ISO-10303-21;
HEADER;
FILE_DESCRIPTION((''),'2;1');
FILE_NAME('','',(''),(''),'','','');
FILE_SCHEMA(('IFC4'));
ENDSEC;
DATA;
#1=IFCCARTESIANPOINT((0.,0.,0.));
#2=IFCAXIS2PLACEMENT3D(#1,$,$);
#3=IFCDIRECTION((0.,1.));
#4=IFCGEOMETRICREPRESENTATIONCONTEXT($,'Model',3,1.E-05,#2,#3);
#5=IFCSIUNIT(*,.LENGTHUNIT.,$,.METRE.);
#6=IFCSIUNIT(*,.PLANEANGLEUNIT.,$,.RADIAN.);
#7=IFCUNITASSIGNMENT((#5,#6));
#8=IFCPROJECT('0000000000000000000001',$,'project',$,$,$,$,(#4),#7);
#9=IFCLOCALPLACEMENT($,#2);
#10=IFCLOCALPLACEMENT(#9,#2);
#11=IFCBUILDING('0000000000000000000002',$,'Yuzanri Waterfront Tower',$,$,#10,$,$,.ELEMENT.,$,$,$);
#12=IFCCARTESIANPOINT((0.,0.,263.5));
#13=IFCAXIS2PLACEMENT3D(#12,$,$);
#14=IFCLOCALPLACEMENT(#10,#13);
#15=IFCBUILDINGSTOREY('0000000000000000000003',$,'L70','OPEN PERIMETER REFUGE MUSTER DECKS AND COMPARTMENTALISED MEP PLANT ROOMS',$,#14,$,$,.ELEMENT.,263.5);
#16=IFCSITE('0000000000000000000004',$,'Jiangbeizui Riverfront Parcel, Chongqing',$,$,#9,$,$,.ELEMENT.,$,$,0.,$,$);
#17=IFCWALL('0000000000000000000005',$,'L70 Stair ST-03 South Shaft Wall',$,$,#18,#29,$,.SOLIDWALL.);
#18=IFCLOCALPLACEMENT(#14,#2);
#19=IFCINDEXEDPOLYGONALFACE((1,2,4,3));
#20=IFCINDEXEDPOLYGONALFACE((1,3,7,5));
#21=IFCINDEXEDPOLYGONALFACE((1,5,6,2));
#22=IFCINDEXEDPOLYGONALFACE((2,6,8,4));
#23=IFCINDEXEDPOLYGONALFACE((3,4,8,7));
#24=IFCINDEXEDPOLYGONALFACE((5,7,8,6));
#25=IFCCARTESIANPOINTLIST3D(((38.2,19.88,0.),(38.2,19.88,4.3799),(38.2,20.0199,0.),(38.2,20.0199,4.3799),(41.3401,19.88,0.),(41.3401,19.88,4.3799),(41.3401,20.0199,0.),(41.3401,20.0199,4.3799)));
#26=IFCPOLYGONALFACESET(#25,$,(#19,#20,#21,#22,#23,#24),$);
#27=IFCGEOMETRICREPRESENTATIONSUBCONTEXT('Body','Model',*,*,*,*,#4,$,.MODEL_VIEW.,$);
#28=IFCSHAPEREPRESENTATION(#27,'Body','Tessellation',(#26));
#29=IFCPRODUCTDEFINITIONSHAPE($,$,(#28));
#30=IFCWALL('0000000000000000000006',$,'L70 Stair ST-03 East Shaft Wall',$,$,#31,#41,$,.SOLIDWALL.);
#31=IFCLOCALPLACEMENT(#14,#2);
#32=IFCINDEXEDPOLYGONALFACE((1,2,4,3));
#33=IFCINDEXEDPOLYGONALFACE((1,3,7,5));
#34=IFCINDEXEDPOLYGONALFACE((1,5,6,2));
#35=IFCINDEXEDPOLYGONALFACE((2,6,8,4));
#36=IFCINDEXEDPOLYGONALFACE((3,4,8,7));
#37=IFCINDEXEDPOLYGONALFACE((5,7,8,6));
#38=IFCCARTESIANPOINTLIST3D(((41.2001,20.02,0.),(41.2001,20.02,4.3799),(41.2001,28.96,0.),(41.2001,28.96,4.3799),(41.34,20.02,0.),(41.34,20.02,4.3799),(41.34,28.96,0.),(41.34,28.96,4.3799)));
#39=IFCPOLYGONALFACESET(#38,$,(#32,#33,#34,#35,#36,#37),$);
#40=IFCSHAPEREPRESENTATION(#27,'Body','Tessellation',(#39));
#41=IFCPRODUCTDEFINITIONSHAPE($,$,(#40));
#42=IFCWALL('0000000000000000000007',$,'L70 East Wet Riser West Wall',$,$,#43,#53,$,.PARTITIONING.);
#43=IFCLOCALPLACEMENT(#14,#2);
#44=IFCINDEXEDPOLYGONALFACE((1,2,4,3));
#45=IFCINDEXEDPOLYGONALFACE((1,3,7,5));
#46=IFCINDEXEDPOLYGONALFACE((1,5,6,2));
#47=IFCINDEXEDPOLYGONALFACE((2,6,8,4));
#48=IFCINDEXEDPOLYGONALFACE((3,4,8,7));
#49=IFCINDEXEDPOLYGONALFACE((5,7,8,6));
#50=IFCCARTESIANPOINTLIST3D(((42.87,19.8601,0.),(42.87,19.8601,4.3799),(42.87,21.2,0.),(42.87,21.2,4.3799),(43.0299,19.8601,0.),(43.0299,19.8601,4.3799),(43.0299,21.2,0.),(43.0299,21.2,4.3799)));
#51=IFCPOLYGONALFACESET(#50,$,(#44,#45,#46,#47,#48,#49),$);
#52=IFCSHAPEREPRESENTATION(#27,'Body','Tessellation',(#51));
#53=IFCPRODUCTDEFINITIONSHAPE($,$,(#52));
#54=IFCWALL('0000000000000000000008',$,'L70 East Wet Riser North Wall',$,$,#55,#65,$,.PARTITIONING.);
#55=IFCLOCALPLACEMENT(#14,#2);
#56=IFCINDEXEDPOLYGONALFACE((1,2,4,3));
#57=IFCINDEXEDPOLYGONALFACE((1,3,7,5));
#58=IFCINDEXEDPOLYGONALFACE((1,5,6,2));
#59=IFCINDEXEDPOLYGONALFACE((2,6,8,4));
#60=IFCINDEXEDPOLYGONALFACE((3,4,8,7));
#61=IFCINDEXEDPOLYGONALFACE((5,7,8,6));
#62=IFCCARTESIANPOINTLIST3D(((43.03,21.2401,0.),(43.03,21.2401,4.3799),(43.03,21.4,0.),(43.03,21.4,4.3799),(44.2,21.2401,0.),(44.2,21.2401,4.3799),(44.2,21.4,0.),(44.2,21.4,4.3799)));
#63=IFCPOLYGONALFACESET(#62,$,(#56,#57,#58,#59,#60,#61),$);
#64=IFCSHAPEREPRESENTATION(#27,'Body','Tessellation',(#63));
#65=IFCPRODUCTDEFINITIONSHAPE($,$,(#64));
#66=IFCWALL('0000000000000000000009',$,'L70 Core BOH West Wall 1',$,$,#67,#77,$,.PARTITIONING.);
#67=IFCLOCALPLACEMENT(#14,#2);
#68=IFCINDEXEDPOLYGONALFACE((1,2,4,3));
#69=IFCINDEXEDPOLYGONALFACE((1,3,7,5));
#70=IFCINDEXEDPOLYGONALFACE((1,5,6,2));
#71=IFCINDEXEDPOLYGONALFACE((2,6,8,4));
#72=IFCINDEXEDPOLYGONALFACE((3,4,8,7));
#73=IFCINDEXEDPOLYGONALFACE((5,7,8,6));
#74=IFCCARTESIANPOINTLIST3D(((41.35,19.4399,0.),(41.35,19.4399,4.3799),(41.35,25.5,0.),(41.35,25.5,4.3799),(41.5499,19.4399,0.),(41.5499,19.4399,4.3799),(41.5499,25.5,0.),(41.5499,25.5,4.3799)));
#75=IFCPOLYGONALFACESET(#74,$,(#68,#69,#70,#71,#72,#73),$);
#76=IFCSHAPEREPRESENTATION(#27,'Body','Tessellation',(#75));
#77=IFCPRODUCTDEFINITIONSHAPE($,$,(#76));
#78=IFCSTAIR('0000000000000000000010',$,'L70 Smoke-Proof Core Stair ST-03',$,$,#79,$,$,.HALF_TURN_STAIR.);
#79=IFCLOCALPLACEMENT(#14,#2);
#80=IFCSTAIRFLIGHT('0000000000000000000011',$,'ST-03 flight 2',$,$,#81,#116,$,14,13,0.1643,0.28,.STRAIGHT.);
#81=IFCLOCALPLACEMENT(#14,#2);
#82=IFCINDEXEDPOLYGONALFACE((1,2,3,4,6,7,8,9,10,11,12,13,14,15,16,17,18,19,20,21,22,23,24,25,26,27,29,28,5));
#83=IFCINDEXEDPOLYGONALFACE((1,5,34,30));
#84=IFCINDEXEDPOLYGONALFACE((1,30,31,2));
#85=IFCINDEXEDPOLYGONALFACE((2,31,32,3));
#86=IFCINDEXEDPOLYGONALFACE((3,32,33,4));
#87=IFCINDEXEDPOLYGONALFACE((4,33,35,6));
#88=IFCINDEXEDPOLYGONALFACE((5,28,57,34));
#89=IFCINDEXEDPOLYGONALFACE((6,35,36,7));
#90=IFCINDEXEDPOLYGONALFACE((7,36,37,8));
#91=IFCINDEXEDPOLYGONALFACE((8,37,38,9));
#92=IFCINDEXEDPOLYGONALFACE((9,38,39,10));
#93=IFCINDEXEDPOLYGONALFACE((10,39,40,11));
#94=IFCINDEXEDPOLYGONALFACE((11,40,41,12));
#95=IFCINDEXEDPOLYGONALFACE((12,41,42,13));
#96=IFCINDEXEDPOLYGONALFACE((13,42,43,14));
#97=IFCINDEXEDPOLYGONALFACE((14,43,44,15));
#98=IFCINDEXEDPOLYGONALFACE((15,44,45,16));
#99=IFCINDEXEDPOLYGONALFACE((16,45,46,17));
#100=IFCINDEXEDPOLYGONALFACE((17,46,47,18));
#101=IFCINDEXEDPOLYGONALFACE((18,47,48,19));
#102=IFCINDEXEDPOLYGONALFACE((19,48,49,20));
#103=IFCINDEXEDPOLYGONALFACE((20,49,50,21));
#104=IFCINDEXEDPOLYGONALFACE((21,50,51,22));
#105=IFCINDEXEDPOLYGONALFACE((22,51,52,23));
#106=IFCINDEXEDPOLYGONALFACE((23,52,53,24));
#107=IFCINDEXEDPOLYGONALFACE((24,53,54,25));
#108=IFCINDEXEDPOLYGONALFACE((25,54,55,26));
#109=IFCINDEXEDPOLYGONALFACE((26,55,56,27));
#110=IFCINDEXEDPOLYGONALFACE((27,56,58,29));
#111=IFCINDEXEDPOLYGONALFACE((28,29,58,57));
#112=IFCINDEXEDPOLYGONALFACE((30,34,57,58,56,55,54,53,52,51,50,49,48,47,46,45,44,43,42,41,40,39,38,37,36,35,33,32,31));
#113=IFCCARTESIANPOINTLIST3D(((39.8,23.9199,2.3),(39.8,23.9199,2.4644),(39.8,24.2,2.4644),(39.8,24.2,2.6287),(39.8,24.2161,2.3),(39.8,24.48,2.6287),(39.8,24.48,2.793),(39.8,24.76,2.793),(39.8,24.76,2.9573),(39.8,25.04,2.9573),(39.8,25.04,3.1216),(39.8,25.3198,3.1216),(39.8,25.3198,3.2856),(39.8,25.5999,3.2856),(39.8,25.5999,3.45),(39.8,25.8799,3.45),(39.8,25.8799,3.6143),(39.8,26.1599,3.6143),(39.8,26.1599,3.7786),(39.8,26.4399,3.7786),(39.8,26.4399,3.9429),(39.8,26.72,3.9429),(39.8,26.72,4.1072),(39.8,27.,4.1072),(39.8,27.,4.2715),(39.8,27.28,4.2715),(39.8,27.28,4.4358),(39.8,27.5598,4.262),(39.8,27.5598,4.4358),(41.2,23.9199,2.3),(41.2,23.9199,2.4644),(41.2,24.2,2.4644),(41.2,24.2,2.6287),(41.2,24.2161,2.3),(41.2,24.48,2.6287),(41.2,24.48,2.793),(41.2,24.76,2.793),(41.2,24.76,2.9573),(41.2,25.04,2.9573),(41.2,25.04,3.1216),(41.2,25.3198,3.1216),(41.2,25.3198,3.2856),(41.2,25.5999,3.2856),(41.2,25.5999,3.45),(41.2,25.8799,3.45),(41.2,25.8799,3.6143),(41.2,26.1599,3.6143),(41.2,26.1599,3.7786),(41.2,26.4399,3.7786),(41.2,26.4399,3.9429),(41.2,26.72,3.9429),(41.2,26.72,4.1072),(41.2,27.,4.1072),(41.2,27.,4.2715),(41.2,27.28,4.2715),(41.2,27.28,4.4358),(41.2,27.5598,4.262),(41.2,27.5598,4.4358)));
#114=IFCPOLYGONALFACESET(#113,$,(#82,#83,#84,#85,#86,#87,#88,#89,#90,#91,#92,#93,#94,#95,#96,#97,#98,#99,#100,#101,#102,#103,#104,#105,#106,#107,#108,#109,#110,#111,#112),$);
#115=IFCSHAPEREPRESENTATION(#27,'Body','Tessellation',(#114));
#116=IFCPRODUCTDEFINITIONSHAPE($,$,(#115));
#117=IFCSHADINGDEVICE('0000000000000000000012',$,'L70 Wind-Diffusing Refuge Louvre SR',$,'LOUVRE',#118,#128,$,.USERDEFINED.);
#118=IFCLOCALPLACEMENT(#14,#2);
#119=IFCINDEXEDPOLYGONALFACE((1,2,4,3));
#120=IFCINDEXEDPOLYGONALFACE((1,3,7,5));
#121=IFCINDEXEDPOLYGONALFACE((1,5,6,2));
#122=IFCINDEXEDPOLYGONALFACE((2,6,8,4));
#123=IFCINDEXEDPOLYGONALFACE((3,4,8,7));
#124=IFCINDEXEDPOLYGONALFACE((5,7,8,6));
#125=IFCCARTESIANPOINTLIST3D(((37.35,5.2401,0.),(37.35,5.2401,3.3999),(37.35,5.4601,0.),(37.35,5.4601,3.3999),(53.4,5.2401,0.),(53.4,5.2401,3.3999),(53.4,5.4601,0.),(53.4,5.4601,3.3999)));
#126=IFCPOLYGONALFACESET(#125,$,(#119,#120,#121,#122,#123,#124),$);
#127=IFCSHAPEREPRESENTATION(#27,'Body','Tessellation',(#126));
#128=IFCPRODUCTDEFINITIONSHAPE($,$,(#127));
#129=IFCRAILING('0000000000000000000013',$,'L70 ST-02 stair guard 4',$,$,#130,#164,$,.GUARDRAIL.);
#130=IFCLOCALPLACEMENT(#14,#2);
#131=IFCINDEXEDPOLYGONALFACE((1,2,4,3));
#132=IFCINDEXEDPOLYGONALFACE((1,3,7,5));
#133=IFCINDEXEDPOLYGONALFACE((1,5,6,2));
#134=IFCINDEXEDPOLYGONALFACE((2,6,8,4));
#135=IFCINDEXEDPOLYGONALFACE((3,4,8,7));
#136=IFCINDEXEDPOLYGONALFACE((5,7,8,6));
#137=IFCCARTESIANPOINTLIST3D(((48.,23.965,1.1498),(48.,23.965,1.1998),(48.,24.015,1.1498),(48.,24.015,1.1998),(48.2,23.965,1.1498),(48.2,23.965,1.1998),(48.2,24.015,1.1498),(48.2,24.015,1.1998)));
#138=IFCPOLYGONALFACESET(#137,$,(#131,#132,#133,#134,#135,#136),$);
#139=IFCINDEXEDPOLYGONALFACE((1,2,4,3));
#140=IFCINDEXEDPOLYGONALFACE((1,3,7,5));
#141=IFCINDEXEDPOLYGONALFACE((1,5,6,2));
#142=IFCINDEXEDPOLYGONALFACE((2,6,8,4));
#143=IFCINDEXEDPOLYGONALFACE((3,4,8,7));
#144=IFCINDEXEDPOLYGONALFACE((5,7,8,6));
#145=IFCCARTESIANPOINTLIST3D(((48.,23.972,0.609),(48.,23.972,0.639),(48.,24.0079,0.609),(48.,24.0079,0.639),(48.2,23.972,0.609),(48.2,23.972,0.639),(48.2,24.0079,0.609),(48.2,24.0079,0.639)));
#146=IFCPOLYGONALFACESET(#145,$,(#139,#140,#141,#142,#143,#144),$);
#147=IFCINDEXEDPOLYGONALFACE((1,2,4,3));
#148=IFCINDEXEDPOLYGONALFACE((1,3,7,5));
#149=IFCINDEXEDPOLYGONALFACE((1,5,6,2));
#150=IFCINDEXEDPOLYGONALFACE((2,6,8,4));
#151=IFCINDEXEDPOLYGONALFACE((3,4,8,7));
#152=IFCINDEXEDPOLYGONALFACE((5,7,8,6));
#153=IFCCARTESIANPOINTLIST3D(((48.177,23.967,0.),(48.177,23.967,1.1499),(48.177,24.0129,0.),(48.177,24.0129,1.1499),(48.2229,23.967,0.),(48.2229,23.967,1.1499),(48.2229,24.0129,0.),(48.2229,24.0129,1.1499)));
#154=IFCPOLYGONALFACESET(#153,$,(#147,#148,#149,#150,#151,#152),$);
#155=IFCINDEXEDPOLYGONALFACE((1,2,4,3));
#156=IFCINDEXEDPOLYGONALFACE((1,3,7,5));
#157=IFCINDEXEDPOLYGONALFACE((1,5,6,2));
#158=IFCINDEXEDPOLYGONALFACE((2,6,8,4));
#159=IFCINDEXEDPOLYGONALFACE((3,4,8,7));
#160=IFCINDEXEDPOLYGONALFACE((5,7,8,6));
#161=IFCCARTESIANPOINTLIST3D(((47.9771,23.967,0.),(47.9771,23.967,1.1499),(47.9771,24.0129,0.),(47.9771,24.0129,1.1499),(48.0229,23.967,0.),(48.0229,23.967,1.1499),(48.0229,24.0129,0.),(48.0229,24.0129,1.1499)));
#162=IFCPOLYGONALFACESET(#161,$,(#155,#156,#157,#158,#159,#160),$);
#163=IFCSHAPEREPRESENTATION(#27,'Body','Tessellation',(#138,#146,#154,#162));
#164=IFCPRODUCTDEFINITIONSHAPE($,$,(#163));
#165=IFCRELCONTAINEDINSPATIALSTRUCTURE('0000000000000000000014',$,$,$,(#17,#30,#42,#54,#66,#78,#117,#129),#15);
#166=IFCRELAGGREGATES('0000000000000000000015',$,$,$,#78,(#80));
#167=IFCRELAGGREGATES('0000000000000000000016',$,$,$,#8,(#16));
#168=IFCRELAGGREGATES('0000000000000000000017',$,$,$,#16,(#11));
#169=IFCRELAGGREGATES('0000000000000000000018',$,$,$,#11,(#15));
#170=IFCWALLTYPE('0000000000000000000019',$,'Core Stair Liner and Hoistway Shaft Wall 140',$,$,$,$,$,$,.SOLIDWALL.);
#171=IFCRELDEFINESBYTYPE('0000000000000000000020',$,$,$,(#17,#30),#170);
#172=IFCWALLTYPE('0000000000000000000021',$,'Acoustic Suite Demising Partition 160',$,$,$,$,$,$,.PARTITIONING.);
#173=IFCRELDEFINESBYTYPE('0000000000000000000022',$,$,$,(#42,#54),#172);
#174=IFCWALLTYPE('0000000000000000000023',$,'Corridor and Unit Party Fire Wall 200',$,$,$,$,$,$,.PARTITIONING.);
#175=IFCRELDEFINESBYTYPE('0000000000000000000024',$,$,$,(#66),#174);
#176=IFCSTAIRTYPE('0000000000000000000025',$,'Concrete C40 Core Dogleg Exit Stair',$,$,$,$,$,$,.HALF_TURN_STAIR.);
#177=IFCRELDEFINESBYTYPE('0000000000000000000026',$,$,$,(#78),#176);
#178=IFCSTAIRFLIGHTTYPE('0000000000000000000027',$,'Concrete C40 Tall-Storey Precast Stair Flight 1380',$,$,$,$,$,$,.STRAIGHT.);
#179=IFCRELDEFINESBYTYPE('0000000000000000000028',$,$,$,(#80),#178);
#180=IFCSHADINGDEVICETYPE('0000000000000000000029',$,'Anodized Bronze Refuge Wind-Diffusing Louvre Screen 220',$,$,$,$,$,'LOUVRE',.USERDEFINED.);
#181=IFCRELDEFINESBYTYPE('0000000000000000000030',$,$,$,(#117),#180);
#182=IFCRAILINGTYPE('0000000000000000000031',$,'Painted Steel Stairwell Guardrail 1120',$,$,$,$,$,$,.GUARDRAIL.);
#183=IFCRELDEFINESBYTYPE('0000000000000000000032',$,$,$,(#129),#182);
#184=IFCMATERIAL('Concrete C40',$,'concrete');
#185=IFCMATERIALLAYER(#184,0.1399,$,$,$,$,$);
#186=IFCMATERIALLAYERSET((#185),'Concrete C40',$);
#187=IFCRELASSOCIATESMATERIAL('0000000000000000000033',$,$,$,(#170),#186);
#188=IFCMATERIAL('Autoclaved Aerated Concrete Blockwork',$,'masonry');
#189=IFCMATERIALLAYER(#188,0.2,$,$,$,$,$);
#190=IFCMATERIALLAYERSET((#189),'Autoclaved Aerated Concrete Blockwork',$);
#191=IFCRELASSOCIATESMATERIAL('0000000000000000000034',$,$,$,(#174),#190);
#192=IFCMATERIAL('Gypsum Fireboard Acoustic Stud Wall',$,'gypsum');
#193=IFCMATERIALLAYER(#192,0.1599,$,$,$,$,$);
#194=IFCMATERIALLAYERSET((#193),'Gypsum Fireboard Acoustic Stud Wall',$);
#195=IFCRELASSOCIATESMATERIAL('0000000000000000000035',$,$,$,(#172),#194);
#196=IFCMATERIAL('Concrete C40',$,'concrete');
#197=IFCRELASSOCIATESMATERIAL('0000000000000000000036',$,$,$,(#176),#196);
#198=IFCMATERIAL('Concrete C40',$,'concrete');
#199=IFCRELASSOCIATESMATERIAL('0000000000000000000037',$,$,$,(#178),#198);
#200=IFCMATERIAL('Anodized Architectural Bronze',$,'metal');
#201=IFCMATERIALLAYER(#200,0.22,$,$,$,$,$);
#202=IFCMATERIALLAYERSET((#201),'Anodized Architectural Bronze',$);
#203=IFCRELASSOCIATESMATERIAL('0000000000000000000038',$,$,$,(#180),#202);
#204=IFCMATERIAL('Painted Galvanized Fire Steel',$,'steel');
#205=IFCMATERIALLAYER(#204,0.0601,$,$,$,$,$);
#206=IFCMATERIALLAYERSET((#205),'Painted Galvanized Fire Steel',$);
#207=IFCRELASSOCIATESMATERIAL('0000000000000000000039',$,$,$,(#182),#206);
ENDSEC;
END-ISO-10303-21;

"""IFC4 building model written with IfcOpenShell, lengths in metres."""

from ifc_helpers import new_model, si_unit, direction, frame, frame_2d, origin, origin_2d, place, context, subcontext, project, spatial, polyline, rectangle, outline, extrude, source, transform, mapped, material, layer, layer_set, type_object, element, aggregate, save


model = new_model("IFC4")

# Units and contexts
model_context = context("Model", 3, precision=1e-05, world=origin(), true_north=direction((0.0, 1.0)))
body_context = subcontext(model_context, "Body", "Model", "MODEL_VIEW")
ifc_project = project(units=[si_unit("LENGTHUNIT", "METRE"), si_unit("PLANEANGLEUNIT", "RADIAN")], contexts=[model_context])

# Site, building, storey
site_placement = place(None, origin())
site = spatial("IfcSite", under=ifc_project, at=site_placement, Name="Jiangbeizui Riverfront Parcel, Chongqing", CompositionType="ELEMENT", RefElevation=0.0)
building_placement = place(site_placement, origin())
building = spatial("IfcBuilding", under=site, at=building_placement, Name="Yuzanri Waterfront Tower", CompositionType="ELEMENT")
storey_placement = place(building_placement, frame((0.0, 0.0, 263.5)))
storey = spatial("IfcBuildingStorey", under=building, at=storey_placement, Name="L70", Description="OPEN PERIMETER REFUGE MUSTER DECKS AND COMPARTMENTALISED MEP PLANT ROOMS", CompositionType="ELEMENT", Elevation=263.5)

# Shared definitions
ifc_material_1 = material(Name="Concrete C40", Category="concrete")
ifc_layer_1 = layer(ifc_material_1, 0.1399)
ifc_layer_set_1 = layer_set([ifc_layer_1], Name="Concrete C40")
wall_type_1 = type_object("IfcWallType", Name="Core Stair Liner and Hoistway Shaft Wall 140", PredefinedType="SOLIDWALL", material=ifc_layer_set_1)
ifc_material_2 = material(Name="Autoclaved Aerated Concrete Blockwork", Category="masonry")
ifc_layer_2 = layer(ifc_material_2, 0.2)
ifc_layer_set_2 = layer_set([ifc_layer_2], Name="Autoclaved Aerated Concrete Blockwork")
wall_type_2 = type_object("IfcWallType", Name="Corridor and Unit Party Fire Wall 200", PredefinedType="PARTITIONING", material=ifc_layer_set_2)

# Walls
shared_shape_1 = source(origin(), body_context, "Body", "SweptSolid", [
    extrude(rectangle(XDim=3.1401, YDim=0.1399, at=frame_2d((1.5701, 0.0))), origin(), (0.0, 0.0, 1.0), 4.3799),
])
wall_1_placement = place(storey_placement, frame((38.2, 19.95, 0.0), z_axis=(0.0, 0.0, 1.0), x_axis=(1.0, 0.0, 0.0)))
element("IfcWall", 1, at=wall_1_placement, inside=storey, type_object=wall_type_1, Name="L70 Stair ST-03 South Shaft Wall", PredefinedType="SOLIDWALL", context=body_context, shape_type="MappedRepresentation", body=[
    mapped(shared_shape_1, transform((0.0, 0.0, 0.0), scale=1.0)),
])
shared_shape_2 = source(origin(), body_context, "Body", "SweptSolid", [
    extrude(rectangle(XDim=8.9399, YDim=0.1399, at=frame_2d((4.47, 0.0))), origin(), (0.0, 0.0, 1.0), 4.3799),
])
wall_2_placement = place(storey_placement, frame((41.27, 20.02, 0.0), z_axis=(0.0, 0.0, 1.0), x_axis=(0.0, 1.0, 0.0)))
element("IfcWall", 2, at=wall_2_placement, inside=storey, type_object=wall_type_1, Name="L70 Stair ST-03 East Shaft Wall", PredefinedType="SOLIDWALL", context=body_context, shape_type="MappedRepresentation", body=[
    mapped(shared_shape_2, transform((0.0, 0.0, 0.0), scale=1.0)),
])
ifc_material_3 = material(Name="Gypsum Fireboard Acoustic Stud Wall", Category="gypsum")
ifc_layer_3 = layer(ifc_material_3, 0.1599)
ifc_layer_set_3 = layer_set([ifc_layer_3], Name="Gypsum Fireboard Acoustic Stud Wall")
wall_type_3 = type_object("IfcWallType", Name="Acoustic Suite Demising Partition 160", PredefinedType="PARTITIONING", material=ifc_layer_set_3)
shared_shape_3 = source(origin(), body_context, "Body", "SweptSolid", [
    extrude(rectangle(XDim=1.3398, YDim=0.1599, at=frame_2d((0.6699, 0.0))), origin(), (0.0, 0.0, 1.0), 4.3799),
])
wall_3_placement = place(storey_placement, frame((42.95, 19.8601, 0.0), z_axis=(0.0, 0.0, 1.0), x_axis=(0.0, 1.0, 0.0)))
element("IfcWall", 3, at=wall_3_placement, inside=storey, type_object=wall_type_3, Name="L70 East Wet Riser West Wall", PredefinedType="PARTITIONING", context=body_context, shape_type="MappedRepresentation", body=[
    mapped(shared_shape_3, transform((0.0, 0.0, 0.0), scale=1.0)),
])
shared_shape_4 = source(origin(), body_context, "Body", "SweptSolid", [
    extrude(rectangle(XDim=1.1699, YDim=0.1599, at=frame_2d((0.585, 0.0))), origin(), (0.0, 0.0, 1.0), 4.3799),
])
wall_4_placement = place(storey_placement, frame((43.03, 21.3201, 0.0), z_axis=(0.0, 0.0, 1.0), x_axis=(1.0, 0.0, 0.0)))
element("IfcWall", 4, at=wall_4_placement, inside=storey, type_object=wall_type_3, Name="L70 East Wet Riser North Wall", PredefinedType="PARTITIONING", context=body_context, shape_type="MappedRepresentation", body=[
    mapped(shared_shape_4, transform((0.0, 0.0, 0.0), scale=1.0)),
])
shared_shape_5 = source(origin(), body_context, "Body", "SweptSolid", [
    extrude(rectangle(XDim=6.0601, YDim=0.2, at=frame_2d((3.03, 0.0))), origin(), (0.0, 0.0, 1.0), 4.3799),
])
wall_5_placement = place(storey_placement, frame((41.45, 19.4399, 0.0), z_axis=(0.0, 0.0, 1.0), x_axis=(0.0, 1.0, 0.0)))
element("IfcWall", 5, at=wall_5_placement, inside=storey, type_object=wall_type_2, Name="L70 Core BOH West Wall 1", PredefinedType="PARTITIONING", context=body_context, shape_type="MappedRepresentation", body=[
    mapped(shared_shape_5, transform((0.0, 0.0, 0.0), scale=1.0)),
])

# Stair, stair flight
ifc_material_4 = material(Name="Concrete C40", Category="concrete")
stair_type = type_object("IfcStairType", Name="Concrete C40 Core Dogleg Exit Stair", PredefinedType="HALF_TURN_STAIR", material=ifc_material_4)
stair_placement = place(storey_placement, origin())
stair = element("IfcStair", 6, at=stair_placement, inside=storey, type_object=stair_type, Name="L70 Smoke-Proof Core Stair ST-03", PredefinedType="HALF_TURN_STAIR")
ifc_material_5 = material(Name="Concrete C40", Category="concrete")
stair_flight_type = type_object("IfcStairFlightType", Name="Concrete C40 Tall-Storey Precast Stair Flight 1380", PredefinedType="STRAIGHT", material=ifc_material_5)
shared_shape_6 = source(origin(), body_context, "Body", "SweptSolid", [
    extrude(outline(polyline([(0.0, 0.0), (0.0, 0.1643), (0.28, 0.1643), (0.28, 0.3286), (0.5601, 0.3286), (0.5601, 0.4929), (0.8401, 0.4929), (0.8401, 0.6572), (1.1201, 0.6572), (1.1201, 0.8215), (1.3999, 0.8215), (1.3999, 0.9856), (1.6799, 0.9856), (1.6799, 1.1499), (1.96, 1.1499), (1.96, 1.3142), (2.24, 1.3142), (2.24, 1.4785), (2.52, 1.4785), (2.52, 1.6428), (2.8, 1.6428), (2.8, 1.8071), (3.0801, 1.8071), (3.0801, 1.9714), (3.3601, 1.9714), (3.3601, 2.1357), (3.6399, 2.1357), (3.6399, 2.3), (3.6399, 1.9619), (0.2961, 0.0), (0.0, 0.0)])), frame((0.0, 0.7, 0.0), z_axis=(0.0, -1.0, 0.0), x_axis=(1.0, 0.0, 0.0)), (0.0, 0.0, 1.0), 1.3999),
])
stair_flight_placement = place(storey_placement, frame((40.5, 23.9199, 2.3), z_axis=(0.0, 0.0, 1.0), x_axis=(0.0, 1.0, 0.0)))
stair_flight = element("IfcStairFlight", 7, at=stair_flight_placement, type_object=stair_flight_type, Name="ST-03 flight 2", NumberOfRisers=14, NumberOfTreads=13, PredefinedType="STRAIGHT", RiserHeight=0.1643, TreadLength=0.28, context=body_context, shape_type="MappedRepresentation", body=[
    mapped(shared_shape_6, transform((0.0, 0.0, 0.0), scale=1.0)),
])
aggregate(stair, [stair_flight])

# Shading device
ifc_material_6 = material(Name="Anodized Architectural Bronze", Category="metal")
ifc_layer_4 = layer(ifc_material_6, 0.22)
ifc_layer_set_4 = layer_set([ifc_layer_4], Name="Anodized Architectural Bronze")
shading_device_type = type_object("IfcShadingDeviceType", Name="Anodized Bronze Refuge Wind-Diffusing Louvre Screen 220", ElementType="LOUVRE", PredefinedType="USERDEFINED", material=ifc_layer_set_4)
shared_shape_7 = source(origin(), body_context, "Body", "SweptSolid", [
    extrude(rectangle(XDim=16.05, YDim=0.22, at=origin_2d()), origin(), (0.0, 0.0, 1.0), 3.3999),
])
shading_device_placement = place(storey_placement, frame((45.375, 5.3501, 0.0), z_axis=(0.0, 0.0, 1.0), x_axis=(1.0, 0.0, 0.0)))
element("IfcShadingDevice", 8, at=shading_device_placement, inside=storey, type_object=shading_device_type, Name="L70 Wind-Diffusing Refuge Louvre SR", ObjectType="LOUVRE", PredefinedType="USERDEFINED", context=body_context, shape_type="MappedRepresentation", body=[
    mapped(shared_shape_7, transform((0.0, 0.0, 0.0), scale=1.0)),
])

# Railing
ifc_material_7 = material(Name="Painted Galvanized Fire Steel", Category="steel")
ifc_layer_5 = layer(ifc_material_7, 0.0601)
ifc_layer_set_5 = layer_set([ifc_layer_5], Name="Painted Galvanized Fire Steel")
railing_type_1 = type_object("IfcRailingType", Name="Painted Steel Stairwell Guardrail 1120", PredefinedType="GUARDRAIL", material=ifc_layer_set_5)
shared_shape_8 = source(origin(), body_context, "Body", "SweptSolid", [
    extrude(rectangle(XDim=0.05, YDim=0.05, at=origin_2d()), frame((0.0, 0.0, 1.1748), z_axis=(-1.0, 0.0, 0.0), x_axis=(0.0, -1.0, 0.0)), (0.0, 0.0, 1.0), 0.2),
    extrude(rectangle(XDim=0.0359, YDim=0.03, at=origin_2d()), frame((0.0, 0.0, 0.624), z_axis=(-1.0, 0.0, 0.0), x_axis=(0.0, -1.0, 0.0)), (0.0, 0.0, 1.0), 0.2),
    extrude(rectangle(XDim=0.0459, YDim=0.0459, at=origin_2d()), origin(), (0.0, 0.0, 1.0), 1.1499),
    extrude(rectangle(XDim=0.0459, YDim=0.0459, at=origin_2d()), frame((-0.2, 0.0, 0.0)), (0.0, 0.0, 1.0), 1.1499),
])
railing_1_placement = place(storey_placement, frame((48.2, 23.99, 0.0)))
element("IfcRailing", 9, at=railing_1_placement, inside=storey, type_object=railing_type_1, Name="L70 ST-02 stair guard 4", PredefinedType="GUARDRAIL", context=body_context, shape_type="MappedRepresentation", body=[
    mapped(shared_shape_8, transform((0.0, 0.0, 0.0), scale=1.0)),
])

save(model, "model.ifc")
